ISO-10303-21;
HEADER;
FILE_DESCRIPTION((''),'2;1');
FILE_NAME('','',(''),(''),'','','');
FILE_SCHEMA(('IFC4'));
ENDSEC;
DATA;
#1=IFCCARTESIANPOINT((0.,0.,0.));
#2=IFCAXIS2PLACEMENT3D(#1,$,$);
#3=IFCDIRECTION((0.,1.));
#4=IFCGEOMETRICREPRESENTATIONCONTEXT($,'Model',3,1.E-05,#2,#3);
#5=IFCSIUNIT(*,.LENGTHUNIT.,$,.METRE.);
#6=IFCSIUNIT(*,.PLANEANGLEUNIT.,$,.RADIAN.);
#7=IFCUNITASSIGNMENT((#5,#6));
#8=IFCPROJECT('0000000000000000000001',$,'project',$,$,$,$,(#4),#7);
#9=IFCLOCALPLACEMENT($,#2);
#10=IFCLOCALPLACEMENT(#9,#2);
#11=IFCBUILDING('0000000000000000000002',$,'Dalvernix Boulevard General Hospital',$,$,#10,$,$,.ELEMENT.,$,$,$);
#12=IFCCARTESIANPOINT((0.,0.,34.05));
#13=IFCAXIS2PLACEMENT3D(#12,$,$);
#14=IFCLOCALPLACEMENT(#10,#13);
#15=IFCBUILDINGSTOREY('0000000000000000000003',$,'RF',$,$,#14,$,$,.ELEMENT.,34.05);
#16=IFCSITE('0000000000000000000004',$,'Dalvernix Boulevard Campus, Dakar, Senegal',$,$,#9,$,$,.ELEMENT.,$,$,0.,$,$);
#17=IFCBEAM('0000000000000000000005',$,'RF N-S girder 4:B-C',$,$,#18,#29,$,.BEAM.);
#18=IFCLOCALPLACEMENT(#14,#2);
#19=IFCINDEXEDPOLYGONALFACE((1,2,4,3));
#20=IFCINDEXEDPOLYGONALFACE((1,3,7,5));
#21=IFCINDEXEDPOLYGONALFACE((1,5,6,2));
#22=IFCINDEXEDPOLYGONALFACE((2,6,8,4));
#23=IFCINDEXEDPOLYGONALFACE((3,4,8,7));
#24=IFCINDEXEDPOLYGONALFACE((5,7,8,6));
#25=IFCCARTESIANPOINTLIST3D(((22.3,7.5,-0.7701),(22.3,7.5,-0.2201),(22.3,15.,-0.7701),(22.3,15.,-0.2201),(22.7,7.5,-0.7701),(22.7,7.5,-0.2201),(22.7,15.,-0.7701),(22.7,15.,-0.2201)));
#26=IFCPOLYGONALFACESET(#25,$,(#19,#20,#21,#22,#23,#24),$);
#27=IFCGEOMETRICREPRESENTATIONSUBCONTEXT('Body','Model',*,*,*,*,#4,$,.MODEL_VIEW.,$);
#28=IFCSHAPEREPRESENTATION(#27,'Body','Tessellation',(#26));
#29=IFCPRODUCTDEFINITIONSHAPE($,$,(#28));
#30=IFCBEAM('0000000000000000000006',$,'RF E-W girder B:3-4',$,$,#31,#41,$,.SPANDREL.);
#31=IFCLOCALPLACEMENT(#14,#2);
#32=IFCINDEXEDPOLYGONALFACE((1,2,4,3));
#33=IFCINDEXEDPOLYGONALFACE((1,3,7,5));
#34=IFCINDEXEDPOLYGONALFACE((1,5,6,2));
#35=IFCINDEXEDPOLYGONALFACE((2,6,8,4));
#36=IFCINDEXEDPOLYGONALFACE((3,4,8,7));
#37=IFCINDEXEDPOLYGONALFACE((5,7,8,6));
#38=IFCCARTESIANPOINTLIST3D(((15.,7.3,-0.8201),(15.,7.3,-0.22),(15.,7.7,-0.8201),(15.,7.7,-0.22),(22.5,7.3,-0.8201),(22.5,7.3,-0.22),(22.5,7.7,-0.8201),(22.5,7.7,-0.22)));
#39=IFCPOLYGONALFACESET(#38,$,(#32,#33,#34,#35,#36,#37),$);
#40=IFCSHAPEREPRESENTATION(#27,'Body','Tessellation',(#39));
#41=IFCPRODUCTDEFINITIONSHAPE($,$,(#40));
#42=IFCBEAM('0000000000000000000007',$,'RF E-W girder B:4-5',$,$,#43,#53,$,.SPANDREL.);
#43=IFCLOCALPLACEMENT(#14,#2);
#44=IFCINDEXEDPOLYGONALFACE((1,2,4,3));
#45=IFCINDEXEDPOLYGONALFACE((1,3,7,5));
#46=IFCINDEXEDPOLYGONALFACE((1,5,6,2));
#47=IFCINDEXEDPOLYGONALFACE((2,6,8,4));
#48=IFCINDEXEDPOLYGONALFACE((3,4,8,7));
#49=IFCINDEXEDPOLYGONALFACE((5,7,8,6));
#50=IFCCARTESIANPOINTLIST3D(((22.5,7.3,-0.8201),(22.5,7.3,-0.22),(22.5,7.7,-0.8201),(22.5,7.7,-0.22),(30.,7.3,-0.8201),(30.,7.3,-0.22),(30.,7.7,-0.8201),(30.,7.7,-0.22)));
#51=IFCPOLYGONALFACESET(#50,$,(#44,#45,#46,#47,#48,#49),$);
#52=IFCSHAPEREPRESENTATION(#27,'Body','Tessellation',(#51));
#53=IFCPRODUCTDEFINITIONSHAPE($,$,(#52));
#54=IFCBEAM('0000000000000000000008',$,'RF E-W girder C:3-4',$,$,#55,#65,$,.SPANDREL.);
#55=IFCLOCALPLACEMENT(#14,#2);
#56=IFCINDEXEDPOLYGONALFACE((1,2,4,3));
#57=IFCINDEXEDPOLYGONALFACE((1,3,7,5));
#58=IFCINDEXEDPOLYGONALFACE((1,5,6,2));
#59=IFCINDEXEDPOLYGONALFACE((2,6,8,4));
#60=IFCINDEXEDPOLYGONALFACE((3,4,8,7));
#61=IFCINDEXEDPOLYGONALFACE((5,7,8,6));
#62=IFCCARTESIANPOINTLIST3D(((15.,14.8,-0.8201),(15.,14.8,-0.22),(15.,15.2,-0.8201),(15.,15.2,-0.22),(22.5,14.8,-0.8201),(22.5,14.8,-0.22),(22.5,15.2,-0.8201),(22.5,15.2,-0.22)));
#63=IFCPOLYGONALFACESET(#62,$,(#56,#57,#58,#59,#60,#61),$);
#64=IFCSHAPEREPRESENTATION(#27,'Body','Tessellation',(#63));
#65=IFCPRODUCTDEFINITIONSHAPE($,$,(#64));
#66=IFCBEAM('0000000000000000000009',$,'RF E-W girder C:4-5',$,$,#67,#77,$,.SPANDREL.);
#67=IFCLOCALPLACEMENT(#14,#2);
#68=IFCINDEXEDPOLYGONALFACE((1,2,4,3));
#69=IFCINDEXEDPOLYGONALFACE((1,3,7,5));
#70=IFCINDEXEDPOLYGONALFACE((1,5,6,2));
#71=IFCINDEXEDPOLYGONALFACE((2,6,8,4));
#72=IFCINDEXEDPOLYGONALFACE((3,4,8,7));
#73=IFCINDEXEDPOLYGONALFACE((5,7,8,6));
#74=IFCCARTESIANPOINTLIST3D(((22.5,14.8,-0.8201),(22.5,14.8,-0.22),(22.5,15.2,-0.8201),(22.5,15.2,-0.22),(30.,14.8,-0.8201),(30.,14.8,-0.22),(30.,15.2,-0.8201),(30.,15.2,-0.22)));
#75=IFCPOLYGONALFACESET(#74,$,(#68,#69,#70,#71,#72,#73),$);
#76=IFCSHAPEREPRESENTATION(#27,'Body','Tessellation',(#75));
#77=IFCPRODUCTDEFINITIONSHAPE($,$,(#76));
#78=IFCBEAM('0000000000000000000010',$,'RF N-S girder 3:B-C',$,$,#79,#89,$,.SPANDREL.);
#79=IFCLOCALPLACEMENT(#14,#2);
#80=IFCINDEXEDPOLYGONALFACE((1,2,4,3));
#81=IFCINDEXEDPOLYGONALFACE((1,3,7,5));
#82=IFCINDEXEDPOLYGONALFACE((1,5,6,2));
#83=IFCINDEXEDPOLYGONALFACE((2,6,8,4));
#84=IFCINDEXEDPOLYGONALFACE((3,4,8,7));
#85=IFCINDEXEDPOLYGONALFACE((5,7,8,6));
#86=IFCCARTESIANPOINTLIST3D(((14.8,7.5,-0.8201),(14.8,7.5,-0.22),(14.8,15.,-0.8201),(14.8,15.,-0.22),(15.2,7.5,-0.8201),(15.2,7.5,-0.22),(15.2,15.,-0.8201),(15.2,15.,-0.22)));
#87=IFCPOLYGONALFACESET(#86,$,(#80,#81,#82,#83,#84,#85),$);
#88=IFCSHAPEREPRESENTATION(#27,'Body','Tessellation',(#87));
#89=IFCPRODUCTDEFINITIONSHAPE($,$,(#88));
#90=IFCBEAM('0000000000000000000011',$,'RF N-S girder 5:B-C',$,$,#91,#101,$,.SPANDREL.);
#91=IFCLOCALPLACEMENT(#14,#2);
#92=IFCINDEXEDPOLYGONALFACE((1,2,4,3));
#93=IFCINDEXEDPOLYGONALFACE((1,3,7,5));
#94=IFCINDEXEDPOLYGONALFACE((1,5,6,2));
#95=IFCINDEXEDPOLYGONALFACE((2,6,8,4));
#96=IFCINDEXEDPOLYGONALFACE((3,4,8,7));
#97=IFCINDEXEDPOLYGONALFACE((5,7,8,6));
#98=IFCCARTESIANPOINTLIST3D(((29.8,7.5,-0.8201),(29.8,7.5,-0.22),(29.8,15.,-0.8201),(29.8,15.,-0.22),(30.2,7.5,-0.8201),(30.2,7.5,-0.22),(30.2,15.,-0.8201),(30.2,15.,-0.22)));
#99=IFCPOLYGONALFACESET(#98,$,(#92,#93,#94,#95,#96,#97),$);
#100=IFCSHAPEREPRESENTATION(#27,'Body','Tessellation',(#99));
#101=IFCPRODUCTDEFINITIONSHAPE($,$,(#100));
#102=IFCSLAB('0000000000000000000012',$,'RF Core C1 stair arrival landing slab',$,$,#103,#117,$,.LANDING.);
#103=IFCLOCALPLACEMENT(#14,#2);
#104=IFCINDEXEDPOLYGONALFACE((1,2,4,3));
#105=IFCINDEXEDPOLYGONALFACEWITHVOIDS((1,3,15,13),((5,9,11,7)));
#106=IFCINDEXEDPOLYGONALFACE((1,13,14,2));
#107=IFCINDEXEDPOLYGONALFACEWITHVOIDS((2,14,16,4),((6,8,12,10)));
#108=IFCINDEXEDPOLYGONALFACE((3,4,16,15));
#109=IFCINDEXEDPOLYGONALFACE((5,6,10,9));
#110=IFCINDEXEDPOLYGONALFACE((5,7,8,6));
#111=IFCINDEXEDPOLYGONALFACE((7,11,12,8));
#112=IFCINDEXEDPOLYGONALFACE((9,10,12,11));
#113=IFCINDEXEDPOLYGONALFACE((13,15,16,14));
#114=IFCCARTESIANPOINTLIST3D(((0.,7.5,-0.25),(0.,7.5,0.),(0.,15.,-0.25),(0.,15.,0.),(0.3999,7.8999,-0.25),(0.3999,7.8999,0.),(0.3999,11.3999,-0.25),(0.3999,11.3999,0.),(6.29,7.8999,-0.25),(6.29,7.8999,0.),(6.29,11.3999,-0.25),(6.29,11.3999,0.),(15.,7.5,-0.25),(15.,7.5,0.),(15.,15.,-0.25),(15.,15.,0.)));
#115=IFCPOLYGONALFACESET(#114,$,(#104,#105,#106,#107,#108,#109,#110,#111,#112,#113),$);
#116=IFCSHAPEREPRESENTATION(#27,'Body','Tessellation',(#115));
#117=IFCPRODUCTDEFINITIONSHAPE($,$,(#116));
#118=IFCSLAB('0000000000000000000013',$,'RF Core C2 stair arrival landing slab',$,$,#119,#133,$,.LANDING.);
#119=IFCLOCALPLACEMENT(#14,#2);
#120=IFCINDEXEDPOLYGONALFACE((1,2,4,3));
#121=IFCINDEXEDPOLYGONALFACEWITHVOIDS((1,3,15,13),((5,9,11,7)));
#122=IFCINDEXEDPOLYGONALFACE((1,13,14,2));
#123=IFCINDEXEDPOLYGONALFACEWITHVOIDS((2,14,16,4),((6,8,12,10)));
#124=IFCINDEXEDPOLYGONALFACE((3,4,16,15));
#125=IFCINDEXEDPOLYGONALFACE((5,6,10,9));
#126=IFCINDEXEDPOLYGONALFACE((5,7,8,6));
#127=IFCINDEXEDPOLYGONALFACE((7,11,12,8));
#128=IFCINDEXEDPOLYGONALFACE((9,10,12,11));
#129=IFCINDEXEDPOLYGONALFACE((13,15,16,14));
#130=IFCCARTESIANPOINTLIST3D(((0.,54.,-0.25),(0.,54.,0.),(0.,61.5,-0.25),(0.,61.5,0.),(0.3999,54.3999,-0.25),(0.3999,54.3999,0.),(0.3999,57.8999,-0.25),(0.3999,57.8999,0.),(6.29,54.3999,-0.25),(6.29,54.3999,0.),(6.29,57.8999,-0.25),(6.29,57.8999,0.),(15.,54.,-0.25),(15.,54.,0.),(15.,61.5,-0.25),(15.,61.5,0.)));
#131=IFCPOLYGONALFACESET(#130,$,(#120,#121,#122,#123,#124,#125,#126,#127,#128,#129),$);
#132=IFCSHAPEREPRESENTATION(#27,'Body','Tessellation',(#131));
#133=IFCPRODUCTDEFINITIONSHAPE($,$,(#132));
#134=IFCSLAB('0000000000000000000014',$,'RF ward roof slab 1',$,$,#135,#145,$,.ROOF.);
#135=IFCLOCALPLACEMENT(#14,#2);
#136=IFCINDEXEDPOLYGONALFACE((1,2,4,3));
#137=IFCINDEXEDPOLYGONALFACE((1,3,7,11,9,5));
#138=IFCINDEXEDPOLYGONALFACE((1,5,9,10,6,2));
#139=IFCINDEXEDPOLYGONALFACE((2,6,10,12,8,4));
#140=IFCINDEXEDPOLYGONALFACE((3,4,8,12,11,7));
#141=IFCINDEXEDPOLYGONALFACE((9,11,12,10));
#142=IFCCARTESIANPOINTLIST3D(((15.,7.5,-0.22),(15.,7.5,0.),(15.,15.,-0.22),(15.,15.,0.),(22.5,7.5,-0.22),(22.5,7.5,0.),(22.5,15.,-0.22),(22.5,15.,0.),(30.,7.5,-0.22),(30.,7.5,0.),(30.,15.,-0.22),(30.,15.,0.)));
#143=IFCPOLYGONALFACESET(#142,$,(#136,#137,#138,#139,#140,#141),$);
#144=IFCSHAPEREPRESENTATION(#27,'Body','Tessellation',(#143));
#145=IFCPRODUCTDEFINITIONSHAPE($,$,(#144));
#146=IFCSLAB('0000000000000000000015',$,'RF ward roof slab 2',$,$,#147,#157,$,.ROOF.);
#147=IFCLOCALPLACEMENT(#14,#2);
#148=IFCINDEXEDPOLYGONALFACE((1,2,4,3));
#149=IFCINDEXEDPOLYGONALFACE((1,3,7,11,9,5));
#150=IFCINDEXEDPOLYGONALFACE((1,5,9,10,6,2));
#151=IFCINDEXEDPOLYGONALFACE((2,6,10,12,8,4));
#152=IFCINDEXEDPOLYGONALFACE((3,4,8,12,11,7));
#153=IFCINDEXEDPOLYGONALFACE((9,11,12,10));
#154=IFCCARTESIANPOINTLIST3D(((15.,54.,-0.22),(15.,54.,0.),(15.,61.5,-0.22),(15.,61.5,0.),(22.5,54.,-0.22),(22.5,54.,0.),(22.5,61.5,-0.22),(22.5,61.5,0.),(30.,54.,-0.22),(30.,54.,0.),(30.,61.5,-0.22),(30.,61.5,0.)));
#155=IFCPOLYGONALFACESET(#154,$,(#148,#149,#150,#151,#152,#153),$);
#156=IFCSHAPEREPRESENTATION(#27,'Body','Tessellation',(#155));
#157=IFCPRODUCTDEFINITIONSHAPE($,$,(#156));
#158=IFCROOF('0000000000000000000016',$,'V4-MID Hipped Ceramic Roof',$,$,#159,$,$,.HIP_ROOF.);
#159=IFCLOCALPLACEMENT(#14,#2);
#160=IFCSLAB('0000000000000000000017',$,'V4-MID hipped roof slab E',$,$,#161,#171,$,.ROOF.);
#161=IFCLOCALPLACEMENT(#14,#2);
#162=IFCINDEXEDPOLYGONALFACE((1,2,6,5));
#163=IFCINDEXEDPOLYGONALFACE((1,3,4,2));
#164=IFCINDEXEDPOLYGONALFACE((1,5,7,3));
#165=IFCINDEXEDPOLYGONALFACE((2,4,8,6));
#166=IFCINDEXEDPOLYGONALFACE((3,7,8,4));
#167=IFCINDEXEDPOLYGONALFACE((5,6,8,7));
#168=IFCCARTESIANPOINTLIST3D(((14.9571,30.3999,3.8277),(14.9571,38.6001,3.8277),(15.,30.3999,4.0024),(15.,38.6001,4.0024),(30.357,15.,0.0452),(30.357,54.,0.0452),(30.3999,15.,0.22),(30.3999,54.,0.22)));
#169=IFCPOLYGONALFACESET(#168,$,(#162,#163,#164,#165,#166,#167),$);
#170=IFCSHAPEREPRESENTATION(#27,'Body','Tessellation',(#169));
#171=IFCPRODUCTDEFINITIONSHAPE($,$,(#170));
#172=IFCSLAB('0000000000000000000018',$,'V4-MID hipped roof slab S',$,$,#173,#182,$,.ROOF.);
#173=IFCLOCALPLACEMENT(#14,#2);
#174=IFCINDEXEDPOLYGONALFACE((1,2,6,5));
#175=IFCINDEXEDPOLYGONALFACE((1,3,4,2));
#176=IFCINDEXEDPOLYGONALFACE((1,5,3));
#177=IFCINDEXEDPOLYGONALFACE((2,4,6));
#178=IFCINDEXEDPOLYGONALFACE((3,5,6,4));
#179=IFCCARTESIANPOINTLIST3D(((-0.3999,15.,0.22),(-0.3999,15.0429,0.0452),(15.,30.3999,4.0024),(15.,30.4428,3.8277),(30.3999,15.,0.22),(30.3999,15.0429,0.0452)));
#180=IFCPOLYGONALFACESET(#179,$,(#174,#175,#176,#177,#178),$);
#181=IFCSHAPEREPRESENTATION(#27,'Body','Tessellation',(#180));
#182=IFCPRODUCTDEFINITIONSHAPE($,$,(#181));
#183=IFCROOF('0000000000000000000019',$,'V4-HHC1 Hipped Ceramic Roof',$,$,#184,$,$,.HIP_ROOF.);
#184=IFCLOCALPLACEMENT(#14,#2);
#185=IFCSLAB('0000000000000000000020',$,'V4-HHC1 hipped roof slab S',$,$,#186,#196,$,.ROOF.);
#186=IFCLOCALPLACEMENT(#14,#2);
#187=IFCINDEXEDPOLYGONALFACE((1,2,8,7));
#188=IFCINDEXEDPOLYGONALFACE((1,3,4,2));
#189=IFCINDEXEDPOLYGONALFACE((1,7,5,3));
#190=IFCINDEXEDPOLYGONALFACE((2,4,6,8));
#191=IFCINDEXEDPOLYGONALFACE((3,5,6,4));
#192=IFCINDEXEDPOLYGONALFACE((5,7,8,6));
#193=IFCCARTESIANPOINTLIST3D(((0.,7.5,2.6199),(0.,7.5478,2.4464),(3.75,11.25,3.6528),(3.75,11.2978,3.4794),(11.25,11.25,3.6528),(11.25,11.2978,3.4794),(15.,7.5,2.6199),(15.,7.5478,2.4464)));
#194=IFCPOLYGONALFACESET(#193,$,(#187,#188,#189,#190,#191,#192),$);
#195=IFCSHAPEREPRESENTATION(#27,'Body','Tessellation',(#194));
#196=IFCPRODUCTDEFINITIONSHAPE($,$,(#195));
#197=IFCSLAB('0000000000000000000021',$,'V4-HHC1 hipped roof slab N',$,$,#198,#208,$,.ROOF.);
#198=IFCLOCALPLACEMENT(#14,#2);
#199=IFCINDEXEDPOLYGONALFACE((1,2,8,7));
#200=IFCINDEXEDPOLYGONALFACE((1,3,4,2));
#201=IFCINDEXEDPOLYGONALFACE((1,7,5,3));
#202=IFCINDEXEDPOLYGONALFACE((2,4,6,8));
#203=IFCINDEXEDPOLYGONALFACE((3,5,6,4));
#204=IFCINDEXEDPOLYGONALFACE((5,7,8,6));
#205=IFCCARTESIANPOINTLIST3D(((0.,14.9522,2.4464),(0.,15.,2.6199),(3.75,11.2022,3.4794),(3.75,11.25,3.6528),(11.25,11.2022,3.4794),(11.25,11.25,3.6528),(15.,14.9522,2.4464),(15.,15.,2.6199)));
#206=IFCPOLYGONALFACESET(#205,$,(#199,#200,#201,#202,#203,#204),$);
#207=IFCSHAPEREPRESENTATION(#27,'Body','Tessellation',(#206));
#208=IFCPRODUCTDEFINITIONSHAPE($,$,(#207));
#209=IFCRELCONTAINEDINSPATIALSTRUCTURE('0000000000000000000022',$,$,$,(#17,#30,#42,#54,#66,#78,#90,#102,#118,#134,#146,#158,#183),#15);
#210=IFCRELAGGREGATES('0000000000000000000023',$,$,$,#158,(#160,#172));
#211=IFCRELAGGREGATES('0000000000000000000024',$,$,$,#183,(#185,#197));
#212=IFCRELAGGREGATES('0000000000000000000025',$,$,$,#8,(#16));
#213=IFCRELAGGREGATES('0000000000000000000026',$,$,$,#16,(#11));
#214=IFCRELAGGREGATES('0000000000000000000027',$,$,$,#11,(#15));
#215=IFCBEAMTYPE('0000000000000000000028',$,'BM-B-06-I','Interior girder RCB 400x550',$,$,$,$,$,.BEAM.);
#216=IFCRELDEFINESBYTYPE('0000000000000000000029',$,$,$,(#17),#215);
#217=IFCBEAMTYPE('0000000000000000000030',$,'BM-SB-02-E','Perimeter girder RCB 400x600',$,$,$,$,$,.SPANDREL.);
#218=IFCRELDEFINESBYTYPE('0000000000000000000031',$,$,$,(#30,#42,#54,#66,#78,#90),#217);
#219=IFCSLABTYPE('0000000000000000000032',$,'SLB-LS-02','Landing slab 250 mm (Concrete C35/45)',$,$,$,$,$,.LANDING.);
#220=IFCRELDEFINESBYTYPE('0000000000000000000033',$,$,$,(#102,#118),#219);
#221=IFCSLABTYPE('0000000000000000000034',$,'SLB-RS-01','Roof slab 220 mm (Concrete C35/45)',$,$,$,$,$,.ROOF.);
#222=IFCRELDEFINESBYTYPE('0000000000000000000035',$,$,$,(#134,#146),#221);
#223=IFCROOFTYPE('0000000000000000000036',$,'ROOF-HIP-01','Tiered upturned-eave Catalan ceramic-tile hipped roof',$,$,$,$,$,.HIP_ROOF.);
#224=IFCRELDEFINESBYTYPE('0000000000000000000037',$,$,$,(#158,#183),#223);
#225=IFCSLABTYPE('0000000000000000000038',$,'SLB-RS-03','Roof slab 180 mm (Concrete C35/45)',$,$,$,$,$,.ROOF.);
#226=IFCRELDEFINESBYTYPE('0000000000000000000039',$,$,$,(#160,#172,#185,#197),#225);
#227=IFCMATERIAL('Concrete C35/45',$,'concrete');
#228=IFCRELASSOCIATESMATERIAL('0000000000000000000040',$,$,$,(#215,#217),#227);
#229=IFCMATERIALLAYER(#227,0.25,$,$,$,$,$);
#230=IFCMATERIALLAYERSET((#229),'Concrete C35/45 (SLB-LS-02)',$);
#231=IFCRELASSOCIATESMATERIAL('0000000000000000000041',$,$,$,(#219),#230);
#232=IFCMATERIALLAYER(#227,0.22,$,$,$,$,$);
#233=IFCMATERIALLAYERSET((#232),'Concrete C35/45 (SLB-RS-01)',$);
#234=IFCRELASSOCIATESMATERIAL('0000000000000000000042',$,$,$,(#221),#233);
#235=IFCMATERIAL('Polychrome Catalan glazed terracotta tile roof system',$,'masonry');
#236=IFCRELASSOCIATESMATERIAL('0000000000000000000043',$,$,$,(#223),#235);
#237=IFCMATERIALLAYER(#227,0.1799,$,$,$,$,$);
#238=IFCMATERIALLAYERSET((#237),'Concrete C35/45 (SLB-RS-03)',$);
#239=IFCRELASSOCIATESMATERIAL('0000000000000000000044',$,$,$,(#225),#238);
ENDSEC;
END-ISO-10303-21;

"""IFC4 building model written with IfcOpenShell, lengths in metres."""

from ifc_helpers import new_model, si_unit, direction, frame, origin, origin_2d, place, context, subcontext, project, spatial, polyline, rectangle, outline, extrude, material, layer, layer_set, material_profile, profile_set, type_object, element, aggregate, save


model = new_model("IFC4")

# Units and contexts
model_context = context("Model", 3, precision=1e-05, world=origin(), true_north=direction((0.0, 1.0)))
body_context = subcontext(model_context, "Body", "Model", "MODEL_VIEW")
ifc_project = project(units=[si_unit("LENGTHUNIT", "METRE"), si_unit("PLANEANGLEUNIT", "RADIAN")], contexts=[model_context])

# Site, building, storey
site_placement = place(None, origin())
site = spatial("IfcSite", under=ifc_project, at=site_placement, Name="Dalvernix Boulevard Campus, Dakar, Senegal", CompositionType="ELEMENT", RefElevation=0.0)
building_placement = place(site_placement, origin())
building = spatial("IfcBuilding", under=site, at=building_placement, Name="Dalvernix Boulevard General Hospital", CompositionType="ELEMENT")
storey_placement = place(building_placement, frame((0.0, 0.0, 34.05)))
storey = spatial("IfcBuildingStorey", under=building, at=storey_placement, Name="RF", CompositionType="ELEMENT", Elevation=34.05)

# Beams
ifc_material_1 = material(Name="Concrete C35/45", Category="concrete")
ifc_material_profile_1 = material_profile(ifc_material_1, rectangle(XDim=0.3999, YDim=0.55, at=origin_2d()), Name="RCB 400x550")
ifc_profile_set_1 = profile_set([ifc_material_profile_1], Name="Concrete C35/45")
beam_type_1 = type_object("IfcBeamType", Name="BM-B-06-I", Description="Interior girder RCB 400x550", PredefinedType="BEAM", material=ifc_profile_set_1)
beam_placement = place(storey_placement, frame((22.5, 7.5, -0.4951), z_axis=(0.0, 1.0, 0.0), x_axis=(-1.0, 0.0, 0.0)))
element("IfcBeam", 1, at=beam_placement, inside=storey, type_object=beam_type_1, Name="RF N-S girder 4:B-C", PredefinedType="BEAM", context=body_context, shape_type="SweptSolid", body=[
    extrude(rectangle(XDim=0.3999, YDim=0.55, at=origin_2d()), origin(), (0.0, 0.0, 1.0), 7.5),
])
ifc_material_profile_2 = material_profile(ifc_material_1, rectangle(XDim=0.3999, YDim=0.6001, at=origin_2d()), Name="RCB 400x600")
ifc_profile_set_2 = profile_set([ifc_material_profile_2], Name="Concrete C35/45")
beam_type_2 = type_object("IfcBeamType", Name="BM-SB-02-E", Description="Perimeter girder RCB 400x600", PredefinedType="SPANDREL", material=ifc_profile_set_2)
for number, where, z_axis, x_axis, name in (
    (2, (15.0, 7.5, -0.52), (1.0, 0.0, 0.0), (0.0, 1.0, 0.0), "RF E-W girder B:3-4"),
    (3, (22.5, 7.5, -0.52), (1.0, 0.0, 0.0), (0.0, 1.0, 0.0), "RF E-W girder B:4-5"),
    (4, (15.0, 15.0, -0.52), (1.0, 0.0, 0.0), (0.0, 1.0, 0.0), "RF E-W girder C:3-4"),
    (5, (22.5, 15.0, -0.52), (1.0, 0.0, 0.0), (0.0, 1.0, 0.0), "RF E-W girder C:4-5"),
    (6, (15.0, 7.5, -0.52), (0.0, 1.0, 0.0), (-1.0, 0.0, 0.0), "RF N-S girder 3:B-C"),
    (7, (30.0, 7.5, -0.52), (0.0, 1.0, 0.0), (-1.0, 0.0, 0.0), "RF N-S girder 5:B-C"),
):
    element("IfcBeam", number, at=place(storey_placement, frame(where, z_axis=z_axis, x_axis=x_axis)), inside=storey, type_object=beam_type_2, Name=name, PredefinedType="SPANDREL", context=body_context, shape_type="SweptSolid", body=[
        extrude(rectangle(XDim=0.3999, YDim=0.6001, at=origin_2d()), origin(), (0.0, 0.0, 1.0), 7.5),
    ])

# Slabs
ifc_layer_1 = layer(ifc_material_1, 0.25)
ifc_layer_set_1 = layer_set([ifc_layer_1], Name="Concrete C35/45 (SLB-LS-02)")
slab_type_1 = type_object("IfcSlabType", Name="SLB-LS-02", Description="Landing slab 250 mm (Concrete C35/45)", PredefinedType="LANDING", material=ifc_layer_set_1)
slab_1_placement = place(storey_placement, frame((0.0, 0.0, -0.25)))
element("IfcSlab", 8, at=slab_1_placement, inside=storey, type_object=slab_type_1, Name="RF Core C1 stair arrival landing slab", PredefinedType="LANDING", context=body_context, shape_type="SweptSolid", body=[
    extrude(outline(polyline([(0.0, 7.5), (0.0, 15.0), (15.0, 15.0), (15.0, 7.5), (0.0, 7.5)]), holes=[polyline([(6.29, 11.3999), (0.3999, 11.3999), (0.3999, 7.8999), (6.29, 7.8999), (6.29, 11.3999)])]), origin(), (0.0, 0.0, 1.0), 0.25),
])
slab_2_placement = place(storey_placement, frame((0.0, 0.0, -0.25)))
element("IfcSlab", 9, at=slab_2_placement, inside=storey, type_object=slab_type_1, Name="RF Core C2 stair arrival landing slab", PredefinedType="LANDING", context=body_context, shape_type="SweptSolid", body=[
    extrude(outline(polyline([(0.0, 54.0), (0.0, 61.5), (15.0, 61.5), (15.0, 54.0), (0.0, 54.0)]), holes=[polyline([(6.29, 57.8999), (0.3999, 57.8999), (0.3999, 54.3999), (6.29, 54.3999), (6.29, 57.8999)])]), origin(), (0.0, 0.0, 1.0), 0.25),
])
ifc_layer_2 = layer(ifc_material_1, 0.22)
ifc_layer_set_2 = layer_set([ifc_layer_2], Name="Concrete C35/45 (SLB-RS-01)")
slab_type_2 = type_object("IfcSlabType", Name="SLB-RS-01", Description="Roof slab 220 mm (Concrete C35/45)", PredefinedType="ROOF", material=ifc_layer_set_2)
slab_3_placement = place(storey_placement, frame((0.0, 0.0, -0.22)))
element("IfcSlab", 10, at=slab_3_placement, inside=storey, type_object=slab_type_2, Name="RF ward roof slab 1", PredefinedType="ROOF", context=body_context, shape_type="SweptSolid", body=[
    extrude(outline(polyline([(15.0, 15.0), (22.5, 15.0), (30.0, 15.0), (30.0, 7.5), (22.5, 7.5), (15.0, 7.5), (15.0, 15.0)])), origin(), (0.0, 0.0, 1.0), 0.22),
])
slab_4_placement = place(storey_placement, frame((0.0, 0.0, -0.22)))
element("IfcSlab", 11, at=slab_4_placement, inside=storey, type_object=slab_type_2, Name="RF ward roof slab 2", PredefinedType="ROOF", context=body_context, shape_type="SweptSolid", body=[
    extrude(outline(polyline([(15.0, 61.5), (22.5, 61.5), (30.0, 61.5), (30.0, 54.0), (22.5, 54.0), (15.0, 54.0), (15.0, 61.5)])), origin(), (0.0, 0.0, 1.0), 0.22),
])

# Roofs, slabs
ifc_material_2 = material(Name="Polychrome Catalan glazed terracotta tile roof system", Category="masonry")
roof_type_1 = type_object("IfcRoofType", Name="ROOF-HIP-01", Description="Tiered upturned-eave Catalan ceramic-tile hipped roof", PredefinedType="HIP_ROOF", material=ifc_material_2)
roof_1_placement = place(storey_placement, origin())
roof_1 = element("IfcRoof", 12, at=roof_1_placement, inside=storey, type_object=roof_type_1, Name="V4-MID Hipped Ceramic Roof", PredefinedType="HIP_ROOF")
ifc_layer_3 = layer(ifc_material_1, 0.1799)
ifc_layer_set_3 = layer_set([ifc_layer_3], Name="Concrete C35/45 (SLB-RS-03)")
slab_type_3 = type_object("IfcSlabType", Name="SLB-RS-03", Description="Roof slab 180 mm (Concrete C35/45)", PredefinedType="ROOF", material=ifc_layer_set_3)
slab_5_placement = place(storey_placement, frame((30.3999, 15.0, 0.22), z_axis=(0.238527, 0.0, 0.971136), x_axis=(0.0, 1.0, 0.0)))
slab_5 = element("IfcSlab", 13, at=slab_5_placement, type_object=slab_type_3, Name="V4-MID hipped roof slab E", PredefinedType="ROOF", context=body_context, shape_type="SweptSolid", body=[
    extrude(outline(polyline([(0.0, 0.0), (39.0, 0.0), (23.6001, 15.8576), (15.3999, 15.8576), (0.0, 0.0)])), origin(), (0.0, 0.0, -1.0), 0.1799),
])
slab_6_placement = place(storey_placement, frame((-0.3999, 15.0, 0.22), z_axis=(0.0, -0.238527, 0.971136), x_axis=(1.0, 0.0, 0.0)))
slab_6 = element("IfcSlab", 14, at=slab_6_placement, type_object=slab_type_3, Name="V4-MID hipped roof slab S", PredefinedType="ROOF", context=body_context, shape_type="SweptSolid", body=[
    extrude(outline(polyline([(0.0, 0.0), (30.7998, 0.0), (15.3999, 15.8576), (0.0, 0.0)])), origin(), (0.0, 0.0, -1.0), 0.1799),
])
aggregate(roof_1, [slab_5, slab_6])
roof_2_placement = place(storey_placement, origin())
roof_2 = element("IfcRoof", 15, at=roof_2_placement, inside=storey, type_object=roof_type_1, Name="V4-HHC1 Hipped Ceramic Roof", PredefinedType="HIP_ROOF")
slab_7_placement = place(storey_placement, frame((0.0, 7.5, 2.6199), z_axis=(0.0, -0.265565, 0.964093), x_axis=(1.0, 0.0, 0.0)))
slab_7 = element("IfcSlab", 16, at=slab_7_placement, type_object=slab_type_3, Name="V4-HHC1 hipped roof slab S", PredefinedType="ROOF", context=body_context, shape_type="SweptSolid", body=[
    extrude(outline(polyline([(0.0, 0.0), (15.0, 0.0), (11.25, 3.8897), (3.75, 3.8897), (0.0, 0.0)])), origin(), (0.0, 0.0, -1.0), 0.1799),
])
slab_8_placement = place(storey_placement, frame((15.0, 15.0, 2.6199), z_axis=(0.0, 0.265565, 0.964093), x_axis=(-1.0, 0.0, 0.0)))
slab_8 = element("IfcSlab", 17, at=slab_8_placement, type_object=slab_type_3, Name="V4-HHC1 hipped roof slab N", PredefinedType="ROOF", context=body_context, shape_type="SweptSolid", body=[
    extrude(outline(polyline([(0.0, 0.0), (15.0, 0.0), (11.25, 3.8897), (3.75, 3.8897), (0.0, 0.0)])), origin(), (0.0, 0.0, -1.0), 0.1799),
])
aggregate(roof_2, [slab_7, slab_8])

save(model, "model.ifc")
